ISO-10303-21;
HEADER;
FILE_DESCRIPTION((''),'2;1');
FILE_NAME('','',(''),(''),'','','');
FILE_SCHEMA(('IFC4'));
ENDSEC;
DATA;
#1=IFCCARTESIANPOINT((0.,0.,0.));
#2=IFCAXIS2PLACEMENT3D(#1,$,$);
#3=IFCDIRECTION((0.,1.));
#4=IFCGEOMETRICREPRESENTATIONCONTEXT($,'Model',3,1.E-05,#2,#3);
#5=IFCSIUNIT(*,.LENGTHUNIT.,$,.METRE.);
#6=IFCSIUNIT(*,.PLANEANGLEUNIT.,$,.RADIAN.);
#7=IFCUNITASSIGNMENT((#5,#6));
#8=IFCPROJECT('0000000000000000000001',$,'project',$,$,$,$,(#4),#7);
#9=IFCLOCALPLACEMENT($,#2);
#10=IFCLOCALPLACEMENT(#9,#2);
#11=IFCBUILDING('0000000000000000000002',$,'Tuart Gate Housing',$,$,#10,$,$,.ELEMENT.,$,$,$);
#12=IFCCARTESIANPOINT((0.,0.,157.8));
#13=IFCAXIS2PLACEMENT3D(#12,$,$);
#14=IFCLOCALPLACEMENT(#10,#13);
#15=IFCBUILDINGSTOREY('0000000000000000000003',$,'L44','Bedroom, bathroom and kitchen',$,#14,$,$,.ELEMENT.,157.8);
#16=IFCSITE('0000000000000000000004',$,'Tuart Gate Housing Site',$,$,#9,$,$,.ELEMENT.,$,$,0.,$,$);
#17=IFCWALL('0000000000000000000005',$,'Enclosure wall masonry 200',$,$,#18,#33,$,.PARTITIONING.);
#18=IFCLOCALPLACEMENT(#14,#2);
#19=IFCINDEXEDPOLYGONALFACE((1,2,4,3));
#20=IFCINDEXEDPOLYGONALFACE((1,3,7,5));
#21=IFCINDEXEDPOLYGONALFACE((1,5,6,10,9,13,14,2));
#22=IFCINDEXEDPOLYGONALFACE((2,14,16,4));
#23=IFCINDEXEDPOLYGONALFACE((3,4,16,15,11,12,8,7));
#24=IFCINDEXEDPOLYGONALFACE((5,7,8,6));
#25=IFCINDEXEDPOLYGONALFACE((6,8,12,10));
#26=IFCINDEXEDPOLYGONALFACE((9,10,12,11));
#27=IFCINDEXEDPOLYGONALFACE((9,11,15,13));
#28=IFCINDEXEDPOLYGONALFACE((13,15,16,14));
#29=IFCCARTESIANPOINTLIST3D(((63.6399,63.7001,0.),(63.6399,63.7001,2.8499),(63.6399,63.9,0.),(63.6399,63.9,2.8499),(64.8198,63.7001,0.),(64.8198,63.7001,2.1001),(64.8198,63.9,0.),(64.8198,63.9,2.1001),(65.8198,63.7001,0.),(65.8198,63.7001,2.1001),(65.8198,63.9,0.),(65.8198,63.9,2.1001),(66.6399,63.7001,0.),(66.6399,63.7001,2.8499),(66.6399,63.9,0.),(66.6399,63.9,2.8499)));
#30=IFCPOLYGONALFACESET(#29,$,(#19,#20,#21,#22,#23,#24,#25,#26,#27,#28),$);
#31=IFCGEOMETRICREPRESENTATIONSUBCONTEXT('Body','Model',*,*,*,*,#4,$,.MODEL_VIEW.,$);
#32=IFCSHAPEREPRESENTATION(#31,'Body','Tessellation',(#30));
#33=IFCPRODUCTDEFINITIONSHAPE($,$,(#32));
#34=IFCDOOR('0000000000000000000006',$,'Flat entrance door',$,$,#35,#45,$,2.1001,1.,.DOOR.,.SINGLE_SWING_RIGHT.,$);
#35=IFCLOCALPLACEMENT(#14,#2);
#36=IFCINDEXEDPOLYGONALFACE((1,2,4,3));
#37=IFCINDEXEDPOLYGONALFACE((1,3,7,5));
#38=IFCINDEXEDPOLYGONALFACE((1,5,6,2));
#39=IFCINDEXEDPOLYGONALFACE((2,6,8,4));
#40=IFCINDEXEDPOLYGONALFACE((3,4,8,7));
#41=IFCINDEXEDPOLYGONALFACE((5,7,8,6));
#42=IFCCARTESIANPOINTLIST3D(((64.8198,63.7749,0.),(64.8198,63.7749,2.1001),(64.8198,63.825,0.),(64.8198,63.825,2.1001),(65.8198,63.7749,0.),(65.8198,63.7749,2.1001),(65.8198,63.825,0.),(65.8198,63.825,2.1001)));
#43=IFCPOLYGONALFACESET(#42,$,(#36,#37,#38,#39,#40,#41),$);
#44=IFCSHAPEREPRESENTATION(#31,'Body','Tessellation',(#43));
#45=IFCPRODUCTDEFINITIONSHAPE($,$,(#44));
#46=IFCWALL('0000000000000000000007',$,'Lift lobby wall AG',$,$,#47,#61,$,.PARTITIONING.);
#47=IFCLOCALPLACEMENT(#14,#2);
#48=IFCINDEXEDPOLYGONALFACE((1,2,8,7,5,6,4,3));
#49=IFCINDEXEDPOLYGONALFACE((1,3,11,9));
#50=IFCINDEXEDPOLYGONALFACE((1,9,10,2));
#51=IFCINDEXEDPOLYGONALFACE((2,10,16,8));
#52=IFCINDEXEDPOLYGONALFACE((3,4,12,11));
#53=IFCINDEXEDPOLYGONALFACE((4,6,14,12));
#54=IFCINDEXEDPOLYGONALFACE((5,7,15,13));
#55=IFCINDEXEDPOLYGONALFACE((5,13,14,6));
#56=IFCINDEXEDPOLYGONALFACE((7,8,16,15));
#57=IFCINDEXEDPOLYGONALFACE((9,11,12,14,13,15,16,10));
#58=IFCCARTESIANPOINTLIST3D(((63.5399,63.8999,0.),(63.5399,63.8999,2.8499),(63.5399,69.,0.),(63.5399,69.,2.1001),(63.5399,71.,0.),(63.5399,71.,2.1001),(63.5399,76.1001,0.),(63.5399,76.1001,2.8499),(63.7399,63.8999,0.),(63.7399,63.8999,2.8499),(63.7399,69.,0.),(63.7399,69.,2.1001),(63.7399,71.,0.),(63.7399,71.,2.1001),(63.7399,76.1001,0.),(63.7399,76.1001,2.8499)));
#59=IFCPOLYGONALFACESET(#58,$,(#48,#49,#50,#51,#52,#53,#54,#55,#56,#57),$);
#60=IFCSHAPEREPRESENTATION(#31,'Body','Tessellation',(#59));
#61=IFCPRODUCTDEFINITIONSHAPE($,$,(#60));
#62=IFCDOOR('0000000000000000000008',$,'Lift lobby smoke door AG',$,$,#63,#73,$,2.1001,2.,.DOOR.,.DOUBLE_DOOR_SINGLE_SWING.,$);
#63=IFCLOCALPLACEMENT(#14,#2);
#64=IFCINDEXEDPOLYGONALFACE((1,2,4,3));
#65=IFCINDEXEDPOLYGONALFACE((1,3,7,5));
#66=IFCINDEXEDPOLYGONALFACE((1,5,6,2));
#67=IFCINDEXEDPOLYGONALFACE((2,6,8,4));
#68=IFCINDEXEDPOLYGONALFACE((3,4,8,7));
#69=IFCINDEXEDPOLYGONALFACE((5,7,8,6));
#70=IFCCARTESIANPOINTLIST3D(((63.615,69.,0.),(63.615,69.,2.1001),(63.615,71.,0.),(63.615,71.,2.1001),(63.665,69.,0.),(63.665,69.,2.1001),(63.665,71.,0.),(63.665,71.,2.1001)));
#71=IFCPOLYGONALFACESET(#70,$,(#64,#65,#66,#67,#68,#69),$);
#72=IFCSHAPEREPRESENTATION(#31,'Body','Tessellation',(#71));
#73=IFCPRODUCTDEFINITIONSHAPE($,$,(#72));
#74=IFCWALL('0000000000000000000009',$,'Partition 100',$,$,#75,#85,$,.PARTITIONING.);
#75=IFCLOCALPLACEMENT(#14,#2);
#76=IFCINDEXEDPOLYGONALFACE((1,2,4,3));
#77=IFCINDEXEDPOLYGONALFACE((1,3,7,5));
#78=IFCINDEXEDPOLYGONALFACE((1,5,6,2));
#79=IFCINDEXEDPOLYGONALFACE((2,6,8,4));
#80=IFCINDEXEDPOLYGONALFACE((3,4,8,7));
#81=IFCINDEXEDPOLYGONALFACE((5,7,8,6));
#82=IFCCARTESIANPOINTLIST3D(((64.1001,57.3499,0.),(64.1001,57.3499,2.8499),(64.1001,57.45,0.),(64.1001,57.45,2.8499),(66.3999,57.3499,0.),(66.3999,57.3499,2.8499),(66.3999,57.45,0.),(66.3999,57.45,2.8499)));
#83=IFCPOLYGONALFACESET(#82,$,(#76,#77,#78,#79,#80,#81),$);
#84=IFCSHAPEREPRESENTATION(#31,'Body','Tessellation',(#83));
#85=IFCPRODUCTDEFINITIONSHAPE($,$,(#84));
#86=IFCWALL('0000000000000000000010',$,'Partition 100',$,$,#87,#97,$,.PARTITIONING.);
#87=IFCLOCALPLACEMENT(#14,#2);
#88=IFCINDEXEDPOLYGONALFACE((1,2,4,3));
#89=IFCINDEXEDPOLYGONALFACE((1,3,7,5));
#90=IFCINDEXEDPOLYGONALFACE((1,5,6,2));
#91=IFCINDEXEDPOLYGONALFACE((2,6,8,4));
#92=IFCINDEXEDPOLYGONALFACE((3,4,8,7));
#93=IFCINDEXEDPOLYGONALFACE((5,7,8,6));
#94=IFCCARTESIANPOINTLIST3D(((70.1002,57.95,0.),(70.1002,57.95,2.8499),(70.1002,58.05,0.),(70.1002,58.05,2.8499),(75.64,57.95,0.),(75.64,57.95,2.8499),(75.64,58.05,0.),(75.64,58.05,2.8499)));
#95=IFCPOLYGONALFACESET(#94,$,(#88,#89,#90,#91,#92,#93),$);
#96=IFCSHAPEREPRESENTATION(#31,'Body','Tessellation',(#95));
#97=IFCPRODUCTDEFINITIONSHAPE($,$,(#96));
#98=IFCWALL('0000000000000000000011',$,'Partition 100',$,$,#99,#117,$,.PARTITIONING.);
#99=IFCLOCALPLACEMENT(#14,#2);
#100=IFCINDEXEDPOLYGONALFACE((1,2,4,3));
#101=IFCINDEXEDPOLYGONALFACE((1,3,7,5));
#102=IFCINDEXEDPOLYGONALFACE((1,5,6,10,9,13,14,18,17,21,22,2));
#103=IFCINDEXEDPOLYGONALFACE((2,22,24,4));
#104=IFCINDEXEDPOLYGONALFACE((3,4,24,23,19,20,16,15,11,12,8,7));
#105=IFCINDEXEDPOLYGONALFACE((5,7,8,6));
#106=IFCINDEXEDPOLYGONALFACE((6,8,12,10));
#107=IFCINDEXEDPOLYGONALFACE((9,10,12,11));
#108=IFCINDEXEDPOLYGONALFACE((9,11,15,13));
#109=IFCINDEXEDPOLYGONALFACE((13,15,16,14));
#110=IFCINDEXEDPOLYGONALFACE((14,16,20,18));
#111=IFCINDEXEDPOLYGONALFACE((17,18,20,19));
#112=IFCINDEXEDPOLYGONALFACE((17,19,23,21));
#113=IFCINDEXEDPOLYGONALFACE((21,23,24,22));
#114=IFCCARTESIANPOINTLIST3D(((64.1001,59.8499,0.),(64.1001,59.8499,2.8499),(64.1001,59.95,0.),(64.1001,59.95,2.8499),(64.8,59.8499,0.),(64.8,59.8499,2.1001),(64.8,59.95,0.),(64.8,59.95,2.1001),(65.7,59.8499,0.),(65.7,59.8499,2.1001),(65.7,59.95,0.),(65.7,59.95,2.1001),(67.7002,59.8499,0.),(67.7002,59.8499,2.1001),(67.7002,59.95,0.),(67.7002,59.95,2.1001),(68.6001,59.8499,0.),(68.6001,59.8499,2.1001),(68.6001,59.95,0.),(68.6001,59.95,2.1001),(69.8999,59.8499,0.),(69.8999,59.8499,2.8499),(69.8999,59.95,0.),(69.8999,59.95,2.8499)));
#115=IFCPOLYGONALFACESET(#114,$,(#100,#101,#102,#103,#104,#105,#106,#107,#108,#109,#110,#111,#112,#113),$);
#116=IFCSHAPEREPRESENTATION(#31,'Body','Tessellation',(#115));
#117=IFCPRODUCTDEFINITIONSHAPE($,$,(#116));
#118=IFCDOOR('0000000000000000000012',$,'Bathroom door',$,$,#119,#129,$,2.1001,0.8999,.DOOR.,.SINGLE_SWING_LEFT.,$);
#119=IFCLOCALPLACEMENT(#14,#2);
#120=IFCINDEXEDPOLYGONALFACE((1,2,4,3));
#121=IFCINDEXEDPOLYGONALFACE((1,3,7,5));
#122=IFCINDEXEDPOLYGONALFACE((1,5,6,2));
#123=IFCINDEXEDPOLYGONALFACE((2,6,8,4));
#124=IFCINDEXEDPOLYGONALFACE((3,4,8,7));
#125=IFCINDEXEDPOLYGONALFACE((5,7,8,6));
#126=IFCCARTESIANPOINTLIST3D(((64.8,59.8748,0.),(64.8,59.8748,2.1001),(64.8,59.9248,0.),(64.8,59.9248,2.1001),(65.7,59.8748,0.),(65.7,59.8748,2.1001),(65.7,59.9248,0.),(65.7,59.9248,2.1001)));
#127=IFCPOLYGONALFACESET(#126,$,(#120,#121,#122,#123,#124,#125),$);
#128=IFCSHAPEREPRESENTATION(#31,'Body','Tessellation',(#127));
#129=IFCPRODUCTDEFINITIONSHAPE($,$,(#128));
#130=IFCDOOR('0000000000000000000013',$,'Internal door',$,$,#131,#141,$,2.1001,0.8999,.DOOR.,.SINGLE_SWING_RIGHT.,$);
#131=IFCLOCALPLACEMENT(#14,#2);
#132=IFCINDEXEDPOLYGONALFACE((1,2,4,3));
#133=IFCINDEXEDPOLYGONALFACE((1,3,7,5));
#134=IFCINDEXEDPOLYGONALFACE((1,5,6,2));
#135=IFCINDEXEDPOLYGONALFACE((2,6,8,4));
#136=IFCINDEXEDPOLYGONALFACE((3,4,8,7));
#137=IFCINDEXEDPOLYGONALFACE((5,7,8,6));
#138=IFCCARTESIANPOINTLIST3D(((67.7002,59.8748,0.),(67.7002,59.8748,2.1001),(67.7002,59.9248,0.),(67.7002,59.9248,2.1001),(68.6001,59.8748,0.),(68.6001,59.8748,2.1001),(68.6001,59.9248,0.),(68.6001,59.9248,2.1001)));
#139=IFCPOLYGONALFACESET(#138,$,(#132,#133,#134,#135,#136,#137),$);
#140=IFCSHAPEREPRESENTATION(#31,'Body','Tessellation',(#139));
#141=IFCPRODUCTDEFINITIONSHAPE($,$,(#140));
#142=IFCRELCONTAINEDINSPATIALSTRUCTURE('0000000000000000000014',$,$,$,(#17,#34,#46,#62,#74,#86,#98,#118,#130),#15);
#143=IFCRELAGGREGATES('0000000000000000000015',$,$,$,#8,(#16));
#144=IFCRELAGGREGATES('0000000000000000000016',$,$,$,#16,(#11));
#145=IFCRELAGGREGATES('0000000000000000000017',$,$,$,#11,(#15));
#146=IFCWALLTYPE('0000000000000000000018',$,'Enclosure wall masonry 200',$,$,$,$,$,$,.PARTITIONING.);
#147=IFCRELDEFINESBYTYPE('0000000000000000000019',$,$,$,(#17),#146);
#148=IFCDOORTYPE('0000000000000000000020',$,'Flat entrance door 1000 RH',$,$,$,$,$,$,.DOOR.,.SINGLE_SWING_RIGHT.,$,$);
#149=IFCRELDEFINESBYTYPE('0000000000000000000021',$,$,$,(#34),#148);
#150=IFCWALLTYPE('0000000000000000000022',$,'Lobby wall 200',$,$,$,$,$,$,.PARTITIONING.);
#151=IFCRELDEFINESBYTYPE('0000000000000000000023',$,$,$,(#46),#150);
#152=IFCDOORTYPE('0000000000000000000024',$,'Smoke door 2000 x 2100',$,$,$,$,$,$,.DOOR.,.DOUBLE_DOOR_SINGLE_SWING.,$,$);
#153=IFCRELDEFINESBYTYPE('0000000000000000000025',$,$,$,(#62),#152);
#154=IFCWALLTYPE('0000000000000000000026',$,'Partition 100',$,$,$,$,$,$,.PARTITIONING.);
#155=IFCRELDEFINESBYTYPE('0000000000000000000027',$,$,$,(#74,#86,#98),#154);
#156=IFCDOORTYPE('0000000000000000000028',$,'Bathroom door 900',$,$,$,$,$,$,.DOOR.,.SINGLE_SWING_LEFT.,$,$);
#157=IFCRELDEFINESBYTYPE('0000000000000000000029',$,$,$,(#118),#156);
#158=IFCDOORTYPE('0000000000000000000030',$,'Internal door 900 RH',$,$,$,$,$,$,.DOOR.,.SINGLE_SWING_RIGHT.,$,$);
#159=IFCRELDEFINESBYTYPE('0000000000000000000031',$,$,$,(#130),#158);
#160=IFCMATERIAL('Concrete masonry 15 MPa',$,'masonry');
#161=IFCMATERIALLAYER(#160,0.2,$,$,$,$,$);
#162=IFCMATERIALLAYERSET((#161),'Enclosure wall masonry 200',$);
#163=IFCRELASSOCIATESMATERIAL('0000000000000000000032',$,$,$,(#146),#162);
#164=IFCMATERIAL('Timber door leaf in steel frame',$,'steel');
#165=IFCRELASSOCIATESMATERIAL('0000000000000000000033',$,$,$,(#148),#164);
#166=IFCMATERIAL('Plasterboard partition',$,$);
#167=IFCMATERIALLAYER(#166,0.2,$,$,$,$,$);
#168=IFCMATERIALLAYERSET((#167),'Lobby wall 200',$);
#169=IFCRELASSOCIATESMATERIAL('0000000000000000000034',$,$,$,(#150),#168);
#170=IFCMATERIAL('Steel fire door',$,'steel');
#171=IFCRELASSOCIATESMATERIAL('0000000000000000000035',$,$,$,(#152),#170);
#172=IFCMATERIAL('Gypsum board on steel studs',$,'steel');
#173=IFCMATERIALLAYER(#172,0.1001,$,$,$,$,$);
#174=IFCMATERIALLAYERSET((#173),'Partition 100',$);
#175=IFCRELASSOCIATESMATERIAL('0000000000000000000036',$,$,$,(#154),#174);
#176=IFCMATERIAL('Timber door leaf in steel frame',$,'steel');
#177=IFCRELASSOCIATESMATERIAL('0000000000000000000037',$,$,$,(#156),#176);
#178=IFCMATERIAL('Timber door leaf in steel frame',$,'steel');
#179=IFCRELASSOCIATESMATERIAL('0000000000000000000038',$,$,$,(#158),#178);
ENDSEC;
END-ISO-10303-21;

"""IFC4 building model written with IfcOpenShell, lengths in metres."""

from ifc_helpers import new_model, si_unit, direction, frame, frame_2d, origin, place, context, subcontext, project, spatial, rectangle, extrude, material, layer, layer_set, type_object, element, fill, save


model = new_model("IFC4")

# Units and contexts
model_context = context("Model", 3, precision=1e-05, world=origin(), true_north=direction((0.0, 1.0)))
body_context = subcontext(model_context, "Body", "Model", "MODEL_VIEW")
ifc_project = project(units=[si_unit("LENGTHUNIT", "METRE"), si_unit("PLANEANGLEUNIT", "RADIAN")], contexts=[model_context])

# Site, building, storey
site_placement = place(None, origin())
site = spatial("IfcSite", under=ifc_project, at=site_placement, Name="Tuart Gate Housing Site", CompositionType="ELEMENT", RefElevation=0.0)
building_placement = place(site_placement, origin())
building = spatial("IfcBuilding", under=site, at=building_placement, Name="Tuart Gate Housing", CompositionType="ELEMENT")
storey_placement = place(building_placement, frame((0.0, 0.0, 157.8)))
storey = spatial("IfcBuildingStorey", under=building, at=storey_placement, Name="L44", Description="Bedroom, bathroom and kitchen", CompositionType="ELEMENT", Elevation=157.8)

# Walls, openings, doors
ifc_material_1 = material(Name="Concrete masonry 15 MPa", Category="masonry")
ifc_layer_1 = layer(ifc_material_1, 0.2)
ifc_layer_set_1 = layer_set([ifc_layer_1], Name="Enclosure wall masonry 200")
wall_type_1 = type_object("IfcWallType", Name="Enclosure wall masonry 200", PredefinedType="PARTITIONING", material=ifc_layer_set_1)
wall_1_placement = place(storey_placement, frame((63.6399, 63.8, 0.0), z_axis=(0.0, 0.0, 1.0), x_axis=(1.0, 0.0, 0.0)))
wall_1 = element("IfcWall", 1, at=wall_1_placement, inside=storey, type_object=wall_type_1, Name="Enclosure wall masonry 200", PredefinedType="PARTITIONING", context=body_context, shape_type="SweptSolid", body=[
    extrude(rectangle(XDim=3.0, YDim=0.2, at=frame_2d((1.5, 0.0))), origin(), (0.0, 0.0, 1.0), 2.8499),
])
opening_1_placement = place(wall_1_placement, frame((1.1799, 0.0, 0.0)))
opening_1 = element("IfcOpeningElement", 2, at=opening_1_placement, cuts=wall_1, PredefinedType="OPENING", context=body_context, shape_type="SweptSolid", body=[
    extrude(rectangle(XDim=1.0, YDim=2.1001, at=frame_2d((0.5, 1.05))), frame((0.0, 0.1099, 0.0), z_axis=(0.0, -1.0, 0.0), x_axis=(1.0, 0.0, 0.0)), (0.0, 0.0, 1.0), 0.22),
])
ifc_material_2 = material(Name="Timber door leaf in steel frame", Category="steel")
door_type_1 = type_object("IfcDoorType", Name="Flat entrance door 1000 RH", OperationType="SINGLE_SWING_RIGHT", PredefinedType="DOOR", material=ifc_material_2)
door_1_placement = place(opening_1_placement, frame((1.0, 0.0, 0.0), z_axis=(0.0, 0.0, 1.0), x_axis=(-1.0, 0.0, 0.0)))
door_1 = element("IfcDoor", 3, at=door_1_placement, inside=storey, type_object=door_type_1, Name="Flat entrance door", OperationType="SINGLE_SWING_RIGHT", OverallHeight=2.1001, OverallWidth=1.0, PredefinedType="DOOR", context=body_context, shape_type="SweptSolid", body=[
    extrude(rectangle(XDim=1.0, YDim=2.1001, at=frame_2d((0.5, 1.05))), frame((0.0, 0.0251, 0.0), z_axis=(0.0, -1.0, 0.0), x_axis=(1.0, 0.0, 0.0)), (0.0, 0.0, 1.0), 0.05),
])
fill(opening_1, door_1)
ifc_material_3 = material(Name="Plasterboard partition")
ifc_layer_2 = layer(ifc_material_3, 0.2)
ifc_layer_set_2 = layer_set([ifc_layer_2], Name="Lobby wall 200")
wall_type_2 = type_object("IfcWallType", Name="Lobby wall 200", PredefinedType="PARTITIONING", material=ifc_layer_set_2)
wall_2_placement = place(storey_placement, frame((63.6399, 63.8999, 0.0), z_axis=(0.0, 0.0, 1.0), x_axis=(0.0, 1.0, 0.0)))
wall_2 = element("IfcWall", 4, at=wall_2_placement, inside=storey, type_object=wall_type_2, Name="Lift lobby wall AG", PredefinedType="PARTITIONING", context=body_context, shape_type="SweptSolid", body=[
    extrude(rectangle(XDim=12.2002, YDim=0.2, at=frame_2d((6.1001, 0.0))), origin(), (0.0, 0.0, 1.0), 2.8499),
])
opening_2_placement = place(wall_2_placement, frame((5.1001, 0.0, 0.0)))
opening_2 = element("IfcOpeningElement", 5, at=opening_2_placement, cuts=wall_2, PredefinedType="OPENING", context=body_context, shape_type="SweptSolid", body=[
    extrude(rectangle(XDim=2.0, YDim=2.1001, at=frame_2d((1.0, 1.05))), frame((0.0, 0.1099, 0.0), z_axis=(0.0, -1.0, 0.0), x_axis=(1.0, 0.0, 0.0)), (0.0, 0.0, 1.0), 0.22),
])
ifc_material_4 = material(Name="Steel fire door", Category="steel")
door_type_2 = type_object("IfcDoorType", Name="Smoke door 2000 x 2100", OperationType="DOUBLE_DOOR_SINGLE_SWING", PredefinedType="DOOR", material=ifc_material_4)
door_2_placement = place(opening_2_placement, frame((2.0, 0.0, 0.0), z_axis=(0.0, 0.0, 1.0), x_axis=(-1.0, 0.0, 0.0)))
door_2 = element("IfcDoor", 6, at=door_2_placement, inside=storey, type_object=door_type_2, Name="Lift lobby smoke door AG", OperationType="DOUBLE_DOOR_SINGLE_SWING", OverallHeight=2.1001, OverallWidth=2.0, PredefinedType="DOOR", context=body_context, shape_type="SweptSolid", body=[
    extrude(rectangle(XDim=2.0, YDim=2.1001, at=frame_2d((1.0, 1.05))), frame((0.0, 0.0251, 0.0), z_axis=(0.0, -1.0, 0.0), x_axis=(1.0, 0.0, 0.0)), (0.0, 0.0, 1.0), 0.05),
])
fill(opening_2, door_2)

# Walls
ifc_material_5 = material(Name="Gypsum board on steel studs", Category="steel")
ifc_layer_3 = layer(ifc_material_5, 0.1001)
ifc_layer_set_3 = layer_set([ifc_layer_3], Name="Partition 100")
wall_type_3 = type_object("IfcWallType", Name="Partition 100", PredefinedType="PARTITIONING", material=ifc_layer_set_3)
wall_3_placement = place(storey_placement, frame((64.1001, 57.3999, 0.0), z_axis=(0.0, 0.0, 1.0), x_axis=(1.0, 0.0, 0.0)))
element("IfcWall", 7, at=wall_3_placement, inside=storey, type_object=wall_type_3, Name="Partition 100", PredefinedType="PARTITIONING", context=body_context, shape_type="SweptSolid", body=[
    extrude(rectangle(XDim=2.2998, YDim=0.1001, at=frame_2d((1.1499, 0.0))), origin(), (0.0, 0.0, 1.0), 2.8499),
])
wall_4_placement = place(storey_placement, frame((70.1001, 58.0, 0.0), z_axis=(0.0, 0.0, 1.0), x_axis=(1.0, 0.0, 0.0)))
element("IfcWall", 8, at=wall_4_placement, inside=storey, type_object=wall_type_3, Name="Partition 100", PredefinedType="PARTITIONING", context=body_context, shape_type="SweptSolid", body=[
    extrude(rectangle(XDim=5.5398, YDim=0.1001, at=frame_2d((2.77, 0.0))), origin(), (0.0, 0.0, 1.0), 2.8499),
])

# Wall, openings, doors
wall_5_placement = place(storey_placement, frame((64.1001, 59.8999, 0.0), z_axis=(0.0, 0.0, 1.0), x_axis=(1.0, 0.0, 0.0)))
wall_5 = element("IfcWall", 9, at=wall_5_placement, inside=storey, type_object=wall_type_3, Name="Partition 100", PredefinedType="PARTITIONING", context=body_context, shape_type="SweptSolid", body=[
    extrude(rectangle(XDim=5.7998, YDim=0.1001, at=frame_2d((2.8999, 0.0))), origin(), (0.0, 0.0, 1.0), 2.8499),
])
opening_3_placement = place(wall_5_placement, frame((3.6001, 0.0, 0.0)))
opening_3 = element("IfcOpeningElement", 10, at=opening_3_placement, cuts=wall_5, PredefinedType="OPENING", context=body_context, shape_type="SweptSolid", body=[
    extrude(rectangle(XDim=0.8999, YDim=2.1001, at=frame_2d((0.45, 1.05))), frame((0.0, 0.0601, 0.0), z_axis=(0.0, -1.0, 0.0), x_axis=(1.0, 0.0, 0.0)), (0.0, 0.0, 1.0), 0.1201),
])
opening_4_placement = place(wall_5_placement, frame((0.7, 0.0, 0.0)))
opening_4 = element("IfcOpeningElement", 11, at=opening_4_placement, cuts=wall_5, PredefinedType="OPENING", context=body_context, shape_type="SweptSolid", body=[
    extrude(rectangle(XDim=0.8999, YDim=2.1001, at=frame_2d((0.45, 1.05))), frame((0.0, 0.0601, 0.0), z_axis=(0.0, -1.0, 0.0), x_axis=(1.0, 0.0, 0.0)), (0.0, 0.0, 1.0), 0.1201),
])
ifc_material_6 = material(Name="Timber door leaf in steel frame", Category="steel")
door_type_3 = type_object("IfcDoorType", Name="Bathroom door 900", OperationType="SINGLE_SWING_LEFT", PredefinedType="DOOR", material=ifc_material_6)
door_3_placement = place(opening_4_placement, frame((0.8999, 0.0, 0.0), z_axis=(0.0, 0.0, 1.0), x_axis=(-1.0, 0.0, 0.0)))
door_3 = element("IfcDoor", 12, at=door_3_placement, inside=storey, type_object=door_type_3, Name="Bathroom door", OperationType="SINGLE_SWING_LEFT", OverallHeight=2.1001, OverallWidth=0.8999, PredefinedType="DOOR", context=body_context, shape_type="SweptSolid", body=[
    extrude(rectangle(XDim=0.8999, YDim=2.1001, at=frame_2d((0.45, 1.05))), frame((0.0, 0.0251, 0.0), z_axis=(0.0, -1.0, 0.0), x_axis=(1.0, 0.0, 0.0)), (0.0, 0.0, 1.0), 0.05),
])
fill(opening_4, door_3)
ifc_material_7 = material(Name="Timber door leaf in steel frame", Category="steel")
door_type_4 = type_object("IfcDoorType", Name="Internal door 900 RH", OperationType="SINGLE_SWING_RIGHT", PredefinedType="DOOR", material=ifc_material_7)
door_4_placement = place(opening_3_placement, origin())
door_4 = element("IfcDoor", 13, at=door_4_placement, inside=storey, type_object=door_type_4, Name="Internal door", OperationType="SINGLE_SWING_RIGHT", OverallHeight=2.1001, OverallWidth=0.8999, PredefinedType="DOOR", context=body_context, shape_type="SweptSolid", body=[
    extrude(rectangle(XDim=0.8999, YDim=2.1001, at=frame_2d((0.45, 1.05))), frame((0.0, 0.0249, 0.0), z_axis=(0.0, -1.0, 0.0), x_axis=(1.0, 0.0, 0.0)), (0.0, 0.0, 1.0), 0.05),
])
fill(opening_3, door_4)

save(model, "model.ifc")
